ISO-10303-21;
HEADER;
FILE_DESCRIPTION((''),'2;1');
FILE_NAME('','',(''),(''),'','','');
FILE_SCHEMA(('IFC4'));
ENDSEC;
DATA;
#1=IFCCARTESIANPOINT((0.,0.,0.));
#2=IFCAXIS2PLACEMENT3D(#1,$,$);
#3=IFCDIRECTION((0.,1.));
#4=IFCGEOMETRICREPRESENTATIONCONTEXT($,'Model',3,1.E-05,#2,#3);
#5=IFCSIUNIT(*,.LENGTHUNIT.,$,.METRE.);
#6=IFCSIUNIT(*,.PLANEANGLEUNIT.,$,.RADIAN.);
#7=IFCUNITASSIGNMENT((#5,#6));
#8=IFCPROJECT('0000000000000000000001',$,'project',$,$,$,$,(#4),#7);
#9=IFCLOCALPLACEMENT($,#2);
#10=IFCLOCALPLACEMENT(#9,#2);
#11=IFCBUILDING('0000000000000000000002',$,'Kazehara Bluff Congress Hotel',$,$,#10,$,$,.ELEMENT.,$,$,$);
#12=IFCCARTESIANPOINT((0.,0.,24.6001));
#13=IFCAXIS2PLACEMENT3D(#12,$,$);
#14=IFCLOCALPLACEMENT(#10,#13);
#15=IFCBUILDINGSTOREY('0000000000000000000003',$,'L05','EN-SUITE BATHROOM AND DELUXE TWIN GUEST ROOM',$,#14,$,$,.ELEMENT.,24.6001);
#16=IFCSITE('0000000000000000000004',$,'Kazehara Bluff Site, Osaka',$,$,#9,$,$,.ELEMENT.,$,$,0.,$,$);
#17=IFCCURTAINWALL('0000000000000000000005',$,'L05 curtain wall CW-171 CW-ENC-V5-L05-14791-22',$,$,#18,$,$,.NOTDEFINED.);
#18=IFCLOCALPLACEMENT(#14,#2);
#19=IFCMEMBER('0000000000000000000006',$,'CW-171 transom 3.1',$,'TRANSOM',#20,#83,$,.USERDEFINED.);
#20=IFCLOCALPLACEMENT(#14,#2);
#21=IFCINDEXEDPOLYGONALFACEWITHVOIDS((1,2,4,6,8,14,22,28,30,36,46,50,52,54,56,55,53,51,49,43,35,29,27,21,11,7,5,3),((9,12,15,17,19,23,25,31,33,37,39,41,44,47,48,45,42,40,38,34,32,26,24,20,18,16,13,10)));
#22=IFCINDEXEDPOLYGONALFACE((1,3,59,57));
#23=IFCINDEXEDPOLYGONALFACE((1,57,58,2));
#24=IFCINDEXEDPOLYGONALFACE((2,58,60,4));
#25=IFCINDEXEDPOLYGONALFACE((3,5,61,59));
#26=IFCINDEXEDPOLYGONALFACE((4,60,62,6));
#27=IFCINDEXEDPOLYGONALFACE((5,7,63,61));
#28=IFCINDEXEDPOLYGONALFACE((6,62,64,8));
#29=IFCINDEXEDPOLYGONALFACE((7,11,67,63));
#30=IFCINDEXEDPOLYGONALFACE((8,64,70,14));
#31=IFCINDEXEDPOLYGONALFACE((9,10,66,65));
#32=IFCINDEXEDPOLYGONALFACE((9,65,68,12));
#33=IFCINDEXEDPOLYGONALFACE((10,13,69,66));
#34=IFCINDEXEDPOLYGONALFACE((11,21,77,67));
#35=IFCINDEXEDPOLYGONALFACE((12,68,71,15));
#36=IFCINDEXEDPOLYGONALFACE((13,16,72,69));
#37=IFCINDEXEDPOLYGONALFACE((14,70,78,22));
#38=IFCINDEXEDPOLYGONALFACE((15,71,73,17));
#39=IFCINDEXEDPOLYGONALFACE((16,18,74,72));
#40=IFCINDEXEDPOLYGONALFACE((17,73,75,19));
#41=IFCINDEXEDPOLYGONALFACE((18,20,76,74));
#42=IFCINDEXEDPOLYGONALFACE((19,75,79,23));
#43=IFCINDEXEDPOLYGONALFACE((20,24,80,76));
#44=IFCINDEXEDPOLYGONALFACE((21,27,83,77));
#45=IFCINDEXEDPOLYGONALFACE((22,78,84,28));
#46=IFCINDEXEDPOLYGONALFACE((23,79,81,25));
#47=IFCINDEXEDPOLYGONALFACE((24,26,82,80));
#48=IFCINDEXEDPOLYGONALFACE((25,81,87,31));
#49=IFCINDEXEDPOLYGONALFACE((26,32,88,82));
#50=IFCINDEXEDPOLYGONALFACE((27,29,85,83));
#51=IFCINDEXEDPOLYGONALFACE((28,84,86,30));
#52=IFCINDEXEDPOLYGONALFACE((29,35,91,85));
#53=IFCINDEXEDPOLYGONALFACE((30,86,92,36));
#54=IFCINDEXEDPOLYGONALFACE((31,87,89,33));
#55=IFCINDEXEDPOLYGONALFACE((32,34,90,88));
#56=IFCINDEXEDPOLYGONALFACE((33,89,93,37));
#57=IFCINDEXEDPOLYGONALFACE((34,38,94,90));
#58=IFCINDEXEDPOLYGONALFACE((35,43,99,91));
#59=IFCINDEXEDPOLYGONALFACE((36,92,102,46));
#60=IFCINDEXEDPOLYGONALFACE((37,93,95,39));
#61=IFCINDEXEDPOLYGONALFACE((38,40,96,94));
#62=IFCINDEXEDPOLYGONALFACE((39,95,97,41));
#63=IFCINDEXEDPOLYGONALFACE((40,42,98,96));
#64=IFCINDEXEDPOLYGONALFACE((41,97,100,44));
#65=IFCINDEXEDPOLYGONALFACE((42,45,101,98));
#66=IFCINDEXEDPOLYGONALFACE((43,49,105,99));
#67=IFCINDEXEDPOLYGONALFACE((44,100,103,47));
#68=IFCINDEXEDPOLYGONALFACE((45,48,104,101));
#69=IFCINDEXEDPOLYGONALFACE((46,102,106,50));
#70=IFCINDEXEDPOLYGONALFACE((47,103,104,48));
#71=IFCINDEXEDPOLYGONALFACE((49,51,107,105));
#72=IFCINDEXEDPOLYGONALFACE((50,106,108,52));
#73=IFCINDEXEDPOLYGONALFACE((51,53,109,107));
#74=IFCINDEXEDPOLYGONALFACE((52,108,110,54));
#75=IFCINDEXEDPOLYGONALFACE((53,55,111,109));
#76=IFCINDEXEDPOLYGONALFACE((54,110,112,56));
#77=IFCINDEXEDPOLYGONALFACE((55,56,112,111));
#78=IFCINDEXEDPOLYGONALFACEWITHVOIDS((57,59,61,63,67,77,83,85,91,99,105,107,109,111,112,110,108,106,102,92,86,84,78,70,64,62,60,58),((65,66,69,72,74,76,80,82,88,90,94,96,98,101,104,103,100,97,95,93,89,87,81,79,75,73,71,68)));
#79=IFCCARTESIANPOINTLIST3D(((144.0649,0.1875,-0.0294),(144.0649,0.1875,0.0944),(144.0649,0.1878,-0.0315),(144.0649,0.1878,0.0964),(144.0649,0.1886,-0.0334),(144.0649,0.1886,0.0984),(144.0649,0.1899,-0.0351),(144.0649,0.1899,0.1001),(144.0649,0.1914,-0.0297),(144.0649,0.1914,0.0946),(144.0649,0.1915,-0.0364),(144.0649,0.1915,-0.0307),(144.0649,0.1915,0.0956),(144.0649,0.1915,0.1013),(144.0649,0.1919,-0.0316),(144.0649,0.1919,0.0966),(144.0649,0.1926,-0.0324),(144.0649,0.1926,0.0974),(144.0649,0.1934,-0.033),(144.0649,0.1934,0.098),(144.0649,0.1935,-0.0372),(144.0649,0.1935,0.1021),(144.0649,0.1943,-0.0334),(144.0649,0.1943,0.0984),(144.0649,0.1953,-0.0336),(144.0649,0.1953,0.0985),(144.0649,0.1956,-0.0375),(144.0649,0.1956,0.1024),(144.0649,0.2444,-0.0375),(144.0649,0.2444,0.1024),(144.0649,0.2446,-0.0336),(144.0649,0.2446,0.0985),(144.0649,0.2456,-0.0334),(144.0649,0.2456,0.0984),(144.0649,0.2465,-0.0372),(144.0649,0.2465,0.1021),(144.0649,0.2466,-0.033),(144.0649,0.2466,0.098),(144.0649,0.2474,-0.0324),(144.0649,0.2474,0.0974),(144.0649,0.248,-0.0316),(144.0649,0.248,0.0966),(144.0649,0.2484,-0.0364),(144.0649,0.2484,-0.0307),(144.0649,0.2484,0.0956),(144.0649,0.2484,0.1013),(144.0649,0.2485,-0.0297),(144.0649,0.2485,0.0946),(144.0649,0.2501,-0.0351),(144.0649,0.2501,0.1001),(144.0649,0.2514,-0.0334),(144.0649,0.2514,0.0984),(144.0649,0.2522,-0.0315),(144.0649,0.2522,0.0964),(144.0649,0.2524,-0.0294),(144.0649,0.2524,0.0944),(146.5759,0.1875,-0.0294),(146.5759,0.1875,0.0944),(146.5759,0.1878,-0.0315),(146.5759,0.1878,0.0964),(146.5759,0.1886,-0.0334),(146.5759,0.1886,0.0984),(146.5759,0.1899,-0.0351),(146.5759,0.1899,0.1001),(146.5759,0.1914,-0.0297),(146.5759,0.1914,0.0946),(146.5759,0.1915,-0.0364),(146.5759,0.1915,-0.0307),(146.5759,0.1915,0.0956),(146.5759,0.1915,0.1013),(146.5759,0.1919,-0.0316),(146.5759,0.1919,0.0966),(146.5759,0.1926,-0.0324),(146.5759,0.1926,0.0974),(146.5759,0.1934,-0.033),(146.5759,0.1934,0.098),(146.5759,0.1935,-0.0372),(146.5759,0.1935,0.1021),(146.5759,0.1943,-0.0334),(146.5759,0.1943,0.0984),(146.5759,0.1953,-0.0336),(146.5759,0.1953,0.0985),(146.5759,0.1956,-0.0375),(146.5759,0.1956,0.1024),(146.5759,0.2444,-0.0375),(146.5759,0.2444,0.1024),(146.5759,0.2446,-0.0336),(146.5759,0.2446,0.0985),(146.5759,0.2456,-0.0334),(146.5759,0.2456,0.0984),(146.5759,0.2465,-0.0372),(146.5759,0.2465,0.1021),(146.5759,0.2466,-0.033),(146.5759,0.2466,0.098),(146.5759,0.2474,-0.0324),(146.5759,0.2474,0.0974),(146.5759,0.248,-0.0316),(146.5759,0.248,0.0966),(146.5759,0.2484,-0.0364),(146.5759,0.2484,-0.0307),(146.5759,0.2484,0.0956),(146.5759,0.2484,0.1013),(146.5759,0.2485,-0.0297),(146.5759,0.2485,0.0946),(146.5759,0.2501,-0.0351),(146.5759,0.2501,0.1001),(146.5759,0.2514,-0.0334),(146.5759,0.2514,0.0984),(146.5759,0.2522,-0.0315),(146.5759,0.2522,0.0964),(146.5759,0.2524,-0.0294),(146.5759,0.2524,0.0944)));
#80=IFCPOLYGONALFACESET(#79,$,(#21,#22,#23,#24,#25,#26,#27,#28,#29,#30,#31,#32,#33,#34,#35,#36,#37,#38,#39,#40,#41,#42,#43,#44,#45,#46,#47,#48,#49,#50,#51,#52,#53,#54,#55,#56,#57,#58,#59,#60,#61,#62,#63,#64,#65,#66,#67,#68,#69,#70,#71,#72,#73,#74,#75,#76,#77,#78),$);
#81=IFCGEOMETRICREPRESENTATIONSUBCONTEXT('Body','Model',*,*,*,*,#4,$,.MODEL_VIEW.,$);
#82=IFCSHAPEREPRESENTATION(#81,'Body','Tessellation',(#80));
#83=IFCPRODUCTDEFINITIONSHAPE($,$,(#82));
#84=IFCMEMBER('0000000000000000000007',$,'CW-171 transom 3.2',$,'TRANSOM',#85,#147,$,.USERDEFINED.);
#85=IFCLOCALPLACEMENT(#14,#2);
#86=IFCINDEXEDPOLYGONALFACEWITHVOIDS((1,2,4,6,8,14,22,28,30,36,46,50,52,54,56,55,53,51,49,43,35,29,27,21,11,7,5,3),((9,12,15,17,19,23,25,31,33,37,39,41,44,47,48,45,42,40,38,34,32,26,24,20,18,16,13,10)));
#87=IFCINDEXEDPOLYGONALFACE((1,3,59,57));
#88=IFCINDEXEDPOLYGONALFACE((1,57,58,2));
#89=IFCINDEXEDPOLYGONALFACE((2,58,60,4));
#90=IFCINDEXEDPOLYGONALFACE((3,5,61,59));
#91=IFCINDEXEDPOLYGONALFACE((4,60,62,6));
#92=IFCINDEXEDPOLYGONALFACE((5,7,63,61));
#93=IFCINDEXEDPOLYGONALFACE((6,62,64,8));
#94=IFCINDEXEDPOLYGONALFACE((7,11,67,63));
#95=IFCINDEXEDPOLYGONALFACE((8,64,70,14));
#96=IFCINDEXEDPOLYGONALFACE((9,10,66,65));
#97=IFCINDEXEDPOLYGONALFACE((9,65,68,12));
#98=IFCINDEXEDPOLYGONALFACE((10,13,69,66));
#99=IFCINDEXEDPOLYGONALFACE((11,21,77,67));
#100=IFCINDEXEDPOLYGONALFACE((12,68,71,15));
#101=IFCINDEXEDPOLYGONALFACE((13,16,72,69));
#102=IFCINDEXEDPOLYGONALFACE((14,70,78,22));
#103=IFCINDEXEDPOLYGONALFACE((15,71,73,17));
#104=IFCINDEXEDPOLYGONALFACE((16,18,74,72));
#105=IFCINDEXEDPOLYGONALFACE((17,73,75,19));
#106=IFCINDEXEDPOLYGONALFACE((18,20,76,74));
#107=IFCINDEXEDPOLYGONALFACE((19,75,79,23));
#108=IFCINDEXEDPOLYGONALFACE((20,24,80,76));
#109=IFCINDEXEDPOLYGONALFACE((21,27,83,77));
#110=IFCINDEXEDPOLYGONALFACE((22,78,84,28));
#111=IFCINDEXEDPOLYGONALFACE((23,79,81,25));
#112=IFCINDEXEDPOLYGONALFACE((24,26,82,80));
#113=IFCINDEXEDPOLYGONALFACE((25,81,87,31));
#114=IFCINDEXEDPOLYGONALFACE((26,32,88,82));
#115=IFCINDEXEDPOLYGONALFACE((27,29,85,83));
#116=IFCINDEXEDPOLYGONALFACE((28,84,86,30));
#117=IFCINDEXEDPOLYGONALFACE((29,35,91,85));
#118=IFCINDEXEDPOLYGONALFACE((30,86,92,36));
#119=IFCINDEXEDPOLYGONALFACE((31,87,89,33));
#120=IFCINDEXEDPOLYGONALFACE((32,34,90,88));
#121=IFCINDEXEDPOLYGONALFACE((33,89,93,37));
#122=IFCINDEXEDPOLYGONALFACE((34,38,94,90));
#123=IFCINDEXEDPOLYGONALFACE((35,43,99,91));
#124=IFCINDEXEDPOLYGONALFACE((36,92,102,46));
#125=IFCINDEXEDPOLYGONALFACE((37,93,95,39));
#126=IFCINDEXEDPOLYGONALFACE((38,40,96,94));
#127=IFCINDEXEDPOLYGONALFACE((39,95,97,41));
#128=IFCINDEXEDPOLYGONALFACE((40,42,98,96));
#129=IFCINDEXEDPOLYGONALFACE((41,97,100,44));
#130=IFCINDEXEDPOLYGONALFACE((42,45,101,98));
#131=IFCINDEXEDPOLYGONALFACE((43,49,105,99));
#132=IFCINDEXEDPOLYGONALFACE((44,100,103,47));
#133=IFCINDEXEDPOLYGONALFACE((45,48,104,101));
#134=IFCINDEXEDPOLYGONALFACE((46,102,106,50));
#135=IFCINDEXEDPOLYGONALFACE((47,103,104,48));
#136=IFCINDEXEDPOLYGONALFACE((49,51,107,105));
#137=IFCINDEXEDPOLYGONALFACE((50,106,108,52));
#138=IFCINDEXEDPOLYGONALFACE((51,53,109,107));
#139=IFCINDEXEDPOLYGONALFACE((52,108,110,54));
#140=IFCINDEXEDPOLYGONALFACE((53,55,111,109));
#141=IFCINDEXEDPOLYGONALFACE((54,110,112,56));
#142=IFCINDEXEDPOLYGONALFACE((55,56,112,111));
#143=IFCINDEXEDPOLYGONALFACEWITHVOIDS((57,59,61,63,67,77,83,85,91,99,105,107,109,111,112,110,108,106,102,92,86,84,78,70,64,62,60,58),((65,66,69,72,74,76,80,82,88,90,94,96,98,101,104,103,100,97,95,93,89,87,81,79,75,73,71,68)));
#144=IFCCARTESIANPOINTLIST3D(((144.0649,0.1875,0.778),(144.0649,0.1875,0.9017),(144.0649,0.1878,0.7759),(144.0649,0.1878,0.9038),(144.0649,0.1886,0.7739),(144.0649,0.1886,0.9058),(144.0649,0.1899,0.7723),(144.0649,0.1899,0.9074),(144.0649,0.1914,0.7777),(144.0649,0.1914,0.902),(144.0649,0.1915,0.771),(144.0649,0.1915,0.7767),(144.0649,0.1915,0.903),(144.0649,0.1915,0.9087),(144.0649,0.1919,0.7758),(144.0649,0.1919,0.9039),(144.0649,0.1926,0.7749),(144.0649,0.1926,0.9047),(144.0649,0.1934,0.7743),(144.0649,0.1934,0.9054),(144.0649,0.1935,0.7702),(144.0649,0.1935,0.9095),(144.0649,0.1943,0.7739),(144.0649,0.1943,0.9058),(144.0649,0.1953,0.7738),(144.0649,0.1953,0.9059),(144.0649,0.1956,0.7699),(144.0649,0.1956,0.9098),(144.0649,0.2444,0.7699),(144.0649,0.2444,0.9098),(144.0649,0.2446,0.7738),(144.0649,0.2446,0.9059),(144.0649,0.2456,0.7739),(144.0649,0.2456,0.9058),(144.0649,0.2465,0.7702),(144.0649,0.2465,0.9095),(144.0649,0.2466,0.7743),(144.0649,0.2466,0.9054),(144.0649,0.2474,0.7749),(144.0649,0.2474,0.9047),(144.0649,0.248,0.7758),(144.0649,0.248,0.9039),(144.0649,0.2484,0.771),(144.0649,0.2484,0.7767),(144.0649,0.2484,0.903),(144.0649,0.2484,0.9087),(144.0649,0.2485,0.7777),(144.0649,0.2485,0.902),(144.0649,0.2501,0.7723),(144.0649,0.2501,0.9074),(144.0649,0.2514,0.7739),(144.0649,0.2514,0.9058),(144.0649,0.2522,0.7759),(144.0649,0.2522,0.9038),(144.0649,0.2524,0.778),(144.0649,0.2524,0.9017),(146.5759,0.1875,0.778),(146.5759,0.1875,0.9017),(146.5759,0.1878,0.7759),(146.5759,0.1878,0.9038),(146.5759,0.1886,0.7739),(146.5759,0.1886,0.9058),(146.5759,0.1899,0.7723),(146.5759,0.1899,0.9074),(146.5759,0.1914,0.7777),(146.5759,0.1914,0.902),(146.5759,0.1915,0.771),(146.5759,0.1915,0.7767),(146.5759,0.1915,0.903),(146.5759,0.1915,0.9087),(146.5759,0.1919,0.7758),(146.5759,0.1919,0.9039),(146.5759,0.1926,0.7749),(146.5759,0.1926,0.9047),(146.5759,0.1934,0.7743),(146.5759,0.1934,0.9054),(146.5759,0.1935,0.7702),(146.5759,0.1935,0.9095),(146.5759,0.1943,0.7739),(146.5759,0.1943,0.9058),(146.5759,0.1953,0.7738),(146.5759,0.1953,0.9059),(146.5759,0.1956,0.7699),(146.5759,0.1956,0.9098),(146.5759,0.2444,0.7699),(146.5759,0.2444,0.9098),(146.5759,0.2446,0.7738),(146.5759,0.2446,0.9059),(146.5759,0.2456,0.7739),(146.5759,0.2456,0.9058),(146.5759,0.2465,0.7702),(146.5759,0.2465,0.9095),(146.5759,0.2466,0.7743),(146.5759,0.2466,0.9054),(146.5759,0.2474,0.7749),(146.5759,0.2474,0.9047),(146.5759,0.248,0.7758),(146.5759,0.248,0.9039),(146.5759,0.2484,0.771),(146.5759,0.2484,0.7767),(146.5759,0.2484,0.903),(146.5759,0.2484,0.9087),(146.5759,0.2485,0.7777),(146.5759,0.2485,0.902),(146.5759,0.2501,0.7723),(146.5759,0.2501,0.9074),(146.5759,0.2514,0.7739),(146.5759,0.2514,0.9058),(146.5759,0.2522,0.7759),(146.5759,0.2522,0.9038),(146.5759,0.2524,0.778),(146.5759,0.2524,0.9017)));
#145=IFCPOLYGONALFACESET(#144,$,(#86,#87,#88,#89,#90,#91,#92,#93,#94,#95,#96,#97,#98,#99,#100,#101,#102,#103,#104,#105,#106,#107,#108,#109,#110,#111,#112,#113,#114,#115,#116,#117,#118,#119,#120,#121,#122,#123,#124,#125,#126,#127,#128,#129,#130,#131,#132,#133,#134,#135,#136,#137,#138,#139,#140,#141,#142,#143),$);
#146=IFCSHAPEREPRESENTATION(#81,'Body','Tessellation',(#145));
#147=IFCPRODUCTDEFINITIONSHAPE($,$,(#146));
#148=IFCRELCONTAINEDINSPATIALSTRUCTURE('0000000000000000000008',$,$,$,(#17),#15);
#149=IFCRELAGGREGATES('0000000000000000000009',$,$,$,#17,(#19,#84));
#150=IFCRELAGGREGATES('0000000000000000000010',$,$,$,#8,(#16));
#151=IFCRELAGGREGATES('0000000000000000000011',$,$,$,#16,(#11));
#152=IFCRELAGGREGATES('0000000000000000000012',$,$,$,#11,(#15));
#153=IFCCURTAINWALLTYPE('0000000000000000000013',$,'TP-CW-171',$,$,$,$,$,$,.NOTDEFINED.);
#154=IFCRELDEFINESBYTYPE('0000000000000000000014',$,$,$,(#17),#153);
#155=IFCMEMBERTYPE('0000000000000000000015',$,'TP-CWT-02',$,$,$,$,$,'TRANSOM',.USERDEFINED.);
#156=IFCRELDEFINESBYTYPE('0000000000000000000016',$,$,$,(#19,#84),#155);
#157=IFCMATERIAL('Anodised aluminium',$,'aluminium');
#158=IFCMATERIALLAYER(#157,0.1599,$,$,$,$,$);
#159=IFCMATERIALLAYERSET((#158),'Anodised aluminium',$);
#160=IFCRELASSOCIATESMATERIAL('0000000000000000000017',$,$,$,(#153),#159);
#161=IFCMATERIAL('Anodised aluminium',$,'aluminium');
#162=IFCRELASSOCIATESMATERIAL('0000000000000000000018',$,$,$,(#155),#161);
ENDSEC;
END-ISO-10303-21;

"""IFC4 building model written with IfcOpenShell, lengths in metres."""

from ifc_helpers import new_model, si_unit, direction, frame, origin, origin_2d, place, context, subcontext, project, spatial, hollow_rectangle, extrude, material, layer, layer_set, material_profile, profile_set, type_object, element, aggregate, save


model = new_model("IFC4")

# Units and contexts
model_context = context("Model", 3, precision=1e-05, world=origin(), true_north=direction((0.0, 1.0)))
body_context = subcontext(model_context, "Body", "Model", "MODEL_VIEW")
ifc_project = project(units=[si_unit("LENGTHUNIT", "METRE"), si_unit("PLANEANGLEUNIT", "RADIAN")], contexts=[model_context])

# Site, building, storey
site_placement = place(None, origin())
site = spatial("IfcSite", under=ifc_project, at=site_placement, Name="Kazehara Bluff Site, Osaka", CompositionType="ELEMENT", RefElevation=0.0)
building_placement = place(site_placement, origin())
building = spatial("IfcBuilding", under=site, at=building_placement, Name="Kazehara Bluff Congress Hotel", CompositionType="ELEMENT")
storey_placement = place(building_placement, frame((0.0, 0.0, 24.6001)))
storey = spatial("IfcBuildingStorey", under=building, at=storey_placement, Name="L05", Description="EN-SUITE BATHROOM AND DELUXE TWIN GUEST ROOM", CompositionType="ELEMENT", Elevation=24.6001)

# Curtain wall, members
ifc_material_1 = material(Name="Anodised aluminium", Category="aluminium")
ifc_layer_1 = layer(ifc_material_1, 0.1599)
ifc_layer_set_1 = layer_set([ifc_layer_1], Name="Anodised aluminium")
curtain_wall_type = type_object("IfcCurtainWallType", Name="TP-CW-171", PredefinedType="NOTDEFINED", material=ifc_layer_set_1)
curtain_wall_placement = place(storey_placement, origin())
curtain_wall = element("IfcCurtainWall", 1, at=curtain_wall_placement, inside=storey, type_object=curtain_wall_type, Name="L05 curtain wall CW-171 CW-ENC-V5-L05-14791-22", PredefinedType="NOTDEFINED")
ifc_material_2 = material(Name="Anodised aluminium", Category="aluminium")
ifc_material_profile_1 = material_profile(ifc_material_2, hollow_rectangle(XDim=0.0649, YDim=0.1399, WallThickness=0.0039, InnerFilletRadius=0.0039, OuterFilletRadius=0.0081, at=origin_2d()))
ifc_profile_set_1 = profile_set([ifc_material_profile_1], Name="Anodised aluminium")
member_type_1 = type_object("IfcMemberType", Name="TP-CWT-02", ElementType="TRANSOM", PredefinedType="USERDEFINED", material=ifc_profile_set_1)
member_1_placement = place(storey_placement, frame((146.5759, 0.22, 0.0325), z_axis=(-1.0, 0.0, 0.0), x_axis=(0.0, -1.0, 0.0)))
member_1 = element("IfcMember", 2, at=member_1_placement, type_object=member_type_1, Name="CW-171 transom 3.1", ObjectType="TRANSOM", PredefinedType="USERDEFINED", context=body_context, shape_type="SweptSolid", body=[
    extrude(hollow_rectangle(XDim=0.0649, YDim=0.1399, WallThickness=0.0039, InnerFilletRadius=0.0039, OuterFilletRadius=0.0081, at=origin_2d()), origin(), (0.0, 0.0, 1.0), 2.511),
])
member_2_placement = place(storey_placement, frame((146.5759, 0.22, 0.8398), z_axis=(-1.0, 0.0, 0.0), x_axis=(0.0, -1.0, 0.0)))
member_2 = element("IfcMember", 3, at=member_2_placement, type_object=member_type_1, Name="CW-171 transom 3.2", ObjectType="TRANSOM", PredefinedType="USERDEFINED", context=body_context, shape_type="SweptSolid", body=[
    extrude(hollow_rectangle(XDim=0.0649, YDim=0.1399, WallThickness=0.0039, InnerFilletRadius=0.0039, OuterFilletRadius=0.0081, at=origin_2d()), origin(), (0.0, 0.0, 1.0), 2.511),
])
aggregate(curtain_wall, [member_1, member_2])

save(model, "model.ifc")
